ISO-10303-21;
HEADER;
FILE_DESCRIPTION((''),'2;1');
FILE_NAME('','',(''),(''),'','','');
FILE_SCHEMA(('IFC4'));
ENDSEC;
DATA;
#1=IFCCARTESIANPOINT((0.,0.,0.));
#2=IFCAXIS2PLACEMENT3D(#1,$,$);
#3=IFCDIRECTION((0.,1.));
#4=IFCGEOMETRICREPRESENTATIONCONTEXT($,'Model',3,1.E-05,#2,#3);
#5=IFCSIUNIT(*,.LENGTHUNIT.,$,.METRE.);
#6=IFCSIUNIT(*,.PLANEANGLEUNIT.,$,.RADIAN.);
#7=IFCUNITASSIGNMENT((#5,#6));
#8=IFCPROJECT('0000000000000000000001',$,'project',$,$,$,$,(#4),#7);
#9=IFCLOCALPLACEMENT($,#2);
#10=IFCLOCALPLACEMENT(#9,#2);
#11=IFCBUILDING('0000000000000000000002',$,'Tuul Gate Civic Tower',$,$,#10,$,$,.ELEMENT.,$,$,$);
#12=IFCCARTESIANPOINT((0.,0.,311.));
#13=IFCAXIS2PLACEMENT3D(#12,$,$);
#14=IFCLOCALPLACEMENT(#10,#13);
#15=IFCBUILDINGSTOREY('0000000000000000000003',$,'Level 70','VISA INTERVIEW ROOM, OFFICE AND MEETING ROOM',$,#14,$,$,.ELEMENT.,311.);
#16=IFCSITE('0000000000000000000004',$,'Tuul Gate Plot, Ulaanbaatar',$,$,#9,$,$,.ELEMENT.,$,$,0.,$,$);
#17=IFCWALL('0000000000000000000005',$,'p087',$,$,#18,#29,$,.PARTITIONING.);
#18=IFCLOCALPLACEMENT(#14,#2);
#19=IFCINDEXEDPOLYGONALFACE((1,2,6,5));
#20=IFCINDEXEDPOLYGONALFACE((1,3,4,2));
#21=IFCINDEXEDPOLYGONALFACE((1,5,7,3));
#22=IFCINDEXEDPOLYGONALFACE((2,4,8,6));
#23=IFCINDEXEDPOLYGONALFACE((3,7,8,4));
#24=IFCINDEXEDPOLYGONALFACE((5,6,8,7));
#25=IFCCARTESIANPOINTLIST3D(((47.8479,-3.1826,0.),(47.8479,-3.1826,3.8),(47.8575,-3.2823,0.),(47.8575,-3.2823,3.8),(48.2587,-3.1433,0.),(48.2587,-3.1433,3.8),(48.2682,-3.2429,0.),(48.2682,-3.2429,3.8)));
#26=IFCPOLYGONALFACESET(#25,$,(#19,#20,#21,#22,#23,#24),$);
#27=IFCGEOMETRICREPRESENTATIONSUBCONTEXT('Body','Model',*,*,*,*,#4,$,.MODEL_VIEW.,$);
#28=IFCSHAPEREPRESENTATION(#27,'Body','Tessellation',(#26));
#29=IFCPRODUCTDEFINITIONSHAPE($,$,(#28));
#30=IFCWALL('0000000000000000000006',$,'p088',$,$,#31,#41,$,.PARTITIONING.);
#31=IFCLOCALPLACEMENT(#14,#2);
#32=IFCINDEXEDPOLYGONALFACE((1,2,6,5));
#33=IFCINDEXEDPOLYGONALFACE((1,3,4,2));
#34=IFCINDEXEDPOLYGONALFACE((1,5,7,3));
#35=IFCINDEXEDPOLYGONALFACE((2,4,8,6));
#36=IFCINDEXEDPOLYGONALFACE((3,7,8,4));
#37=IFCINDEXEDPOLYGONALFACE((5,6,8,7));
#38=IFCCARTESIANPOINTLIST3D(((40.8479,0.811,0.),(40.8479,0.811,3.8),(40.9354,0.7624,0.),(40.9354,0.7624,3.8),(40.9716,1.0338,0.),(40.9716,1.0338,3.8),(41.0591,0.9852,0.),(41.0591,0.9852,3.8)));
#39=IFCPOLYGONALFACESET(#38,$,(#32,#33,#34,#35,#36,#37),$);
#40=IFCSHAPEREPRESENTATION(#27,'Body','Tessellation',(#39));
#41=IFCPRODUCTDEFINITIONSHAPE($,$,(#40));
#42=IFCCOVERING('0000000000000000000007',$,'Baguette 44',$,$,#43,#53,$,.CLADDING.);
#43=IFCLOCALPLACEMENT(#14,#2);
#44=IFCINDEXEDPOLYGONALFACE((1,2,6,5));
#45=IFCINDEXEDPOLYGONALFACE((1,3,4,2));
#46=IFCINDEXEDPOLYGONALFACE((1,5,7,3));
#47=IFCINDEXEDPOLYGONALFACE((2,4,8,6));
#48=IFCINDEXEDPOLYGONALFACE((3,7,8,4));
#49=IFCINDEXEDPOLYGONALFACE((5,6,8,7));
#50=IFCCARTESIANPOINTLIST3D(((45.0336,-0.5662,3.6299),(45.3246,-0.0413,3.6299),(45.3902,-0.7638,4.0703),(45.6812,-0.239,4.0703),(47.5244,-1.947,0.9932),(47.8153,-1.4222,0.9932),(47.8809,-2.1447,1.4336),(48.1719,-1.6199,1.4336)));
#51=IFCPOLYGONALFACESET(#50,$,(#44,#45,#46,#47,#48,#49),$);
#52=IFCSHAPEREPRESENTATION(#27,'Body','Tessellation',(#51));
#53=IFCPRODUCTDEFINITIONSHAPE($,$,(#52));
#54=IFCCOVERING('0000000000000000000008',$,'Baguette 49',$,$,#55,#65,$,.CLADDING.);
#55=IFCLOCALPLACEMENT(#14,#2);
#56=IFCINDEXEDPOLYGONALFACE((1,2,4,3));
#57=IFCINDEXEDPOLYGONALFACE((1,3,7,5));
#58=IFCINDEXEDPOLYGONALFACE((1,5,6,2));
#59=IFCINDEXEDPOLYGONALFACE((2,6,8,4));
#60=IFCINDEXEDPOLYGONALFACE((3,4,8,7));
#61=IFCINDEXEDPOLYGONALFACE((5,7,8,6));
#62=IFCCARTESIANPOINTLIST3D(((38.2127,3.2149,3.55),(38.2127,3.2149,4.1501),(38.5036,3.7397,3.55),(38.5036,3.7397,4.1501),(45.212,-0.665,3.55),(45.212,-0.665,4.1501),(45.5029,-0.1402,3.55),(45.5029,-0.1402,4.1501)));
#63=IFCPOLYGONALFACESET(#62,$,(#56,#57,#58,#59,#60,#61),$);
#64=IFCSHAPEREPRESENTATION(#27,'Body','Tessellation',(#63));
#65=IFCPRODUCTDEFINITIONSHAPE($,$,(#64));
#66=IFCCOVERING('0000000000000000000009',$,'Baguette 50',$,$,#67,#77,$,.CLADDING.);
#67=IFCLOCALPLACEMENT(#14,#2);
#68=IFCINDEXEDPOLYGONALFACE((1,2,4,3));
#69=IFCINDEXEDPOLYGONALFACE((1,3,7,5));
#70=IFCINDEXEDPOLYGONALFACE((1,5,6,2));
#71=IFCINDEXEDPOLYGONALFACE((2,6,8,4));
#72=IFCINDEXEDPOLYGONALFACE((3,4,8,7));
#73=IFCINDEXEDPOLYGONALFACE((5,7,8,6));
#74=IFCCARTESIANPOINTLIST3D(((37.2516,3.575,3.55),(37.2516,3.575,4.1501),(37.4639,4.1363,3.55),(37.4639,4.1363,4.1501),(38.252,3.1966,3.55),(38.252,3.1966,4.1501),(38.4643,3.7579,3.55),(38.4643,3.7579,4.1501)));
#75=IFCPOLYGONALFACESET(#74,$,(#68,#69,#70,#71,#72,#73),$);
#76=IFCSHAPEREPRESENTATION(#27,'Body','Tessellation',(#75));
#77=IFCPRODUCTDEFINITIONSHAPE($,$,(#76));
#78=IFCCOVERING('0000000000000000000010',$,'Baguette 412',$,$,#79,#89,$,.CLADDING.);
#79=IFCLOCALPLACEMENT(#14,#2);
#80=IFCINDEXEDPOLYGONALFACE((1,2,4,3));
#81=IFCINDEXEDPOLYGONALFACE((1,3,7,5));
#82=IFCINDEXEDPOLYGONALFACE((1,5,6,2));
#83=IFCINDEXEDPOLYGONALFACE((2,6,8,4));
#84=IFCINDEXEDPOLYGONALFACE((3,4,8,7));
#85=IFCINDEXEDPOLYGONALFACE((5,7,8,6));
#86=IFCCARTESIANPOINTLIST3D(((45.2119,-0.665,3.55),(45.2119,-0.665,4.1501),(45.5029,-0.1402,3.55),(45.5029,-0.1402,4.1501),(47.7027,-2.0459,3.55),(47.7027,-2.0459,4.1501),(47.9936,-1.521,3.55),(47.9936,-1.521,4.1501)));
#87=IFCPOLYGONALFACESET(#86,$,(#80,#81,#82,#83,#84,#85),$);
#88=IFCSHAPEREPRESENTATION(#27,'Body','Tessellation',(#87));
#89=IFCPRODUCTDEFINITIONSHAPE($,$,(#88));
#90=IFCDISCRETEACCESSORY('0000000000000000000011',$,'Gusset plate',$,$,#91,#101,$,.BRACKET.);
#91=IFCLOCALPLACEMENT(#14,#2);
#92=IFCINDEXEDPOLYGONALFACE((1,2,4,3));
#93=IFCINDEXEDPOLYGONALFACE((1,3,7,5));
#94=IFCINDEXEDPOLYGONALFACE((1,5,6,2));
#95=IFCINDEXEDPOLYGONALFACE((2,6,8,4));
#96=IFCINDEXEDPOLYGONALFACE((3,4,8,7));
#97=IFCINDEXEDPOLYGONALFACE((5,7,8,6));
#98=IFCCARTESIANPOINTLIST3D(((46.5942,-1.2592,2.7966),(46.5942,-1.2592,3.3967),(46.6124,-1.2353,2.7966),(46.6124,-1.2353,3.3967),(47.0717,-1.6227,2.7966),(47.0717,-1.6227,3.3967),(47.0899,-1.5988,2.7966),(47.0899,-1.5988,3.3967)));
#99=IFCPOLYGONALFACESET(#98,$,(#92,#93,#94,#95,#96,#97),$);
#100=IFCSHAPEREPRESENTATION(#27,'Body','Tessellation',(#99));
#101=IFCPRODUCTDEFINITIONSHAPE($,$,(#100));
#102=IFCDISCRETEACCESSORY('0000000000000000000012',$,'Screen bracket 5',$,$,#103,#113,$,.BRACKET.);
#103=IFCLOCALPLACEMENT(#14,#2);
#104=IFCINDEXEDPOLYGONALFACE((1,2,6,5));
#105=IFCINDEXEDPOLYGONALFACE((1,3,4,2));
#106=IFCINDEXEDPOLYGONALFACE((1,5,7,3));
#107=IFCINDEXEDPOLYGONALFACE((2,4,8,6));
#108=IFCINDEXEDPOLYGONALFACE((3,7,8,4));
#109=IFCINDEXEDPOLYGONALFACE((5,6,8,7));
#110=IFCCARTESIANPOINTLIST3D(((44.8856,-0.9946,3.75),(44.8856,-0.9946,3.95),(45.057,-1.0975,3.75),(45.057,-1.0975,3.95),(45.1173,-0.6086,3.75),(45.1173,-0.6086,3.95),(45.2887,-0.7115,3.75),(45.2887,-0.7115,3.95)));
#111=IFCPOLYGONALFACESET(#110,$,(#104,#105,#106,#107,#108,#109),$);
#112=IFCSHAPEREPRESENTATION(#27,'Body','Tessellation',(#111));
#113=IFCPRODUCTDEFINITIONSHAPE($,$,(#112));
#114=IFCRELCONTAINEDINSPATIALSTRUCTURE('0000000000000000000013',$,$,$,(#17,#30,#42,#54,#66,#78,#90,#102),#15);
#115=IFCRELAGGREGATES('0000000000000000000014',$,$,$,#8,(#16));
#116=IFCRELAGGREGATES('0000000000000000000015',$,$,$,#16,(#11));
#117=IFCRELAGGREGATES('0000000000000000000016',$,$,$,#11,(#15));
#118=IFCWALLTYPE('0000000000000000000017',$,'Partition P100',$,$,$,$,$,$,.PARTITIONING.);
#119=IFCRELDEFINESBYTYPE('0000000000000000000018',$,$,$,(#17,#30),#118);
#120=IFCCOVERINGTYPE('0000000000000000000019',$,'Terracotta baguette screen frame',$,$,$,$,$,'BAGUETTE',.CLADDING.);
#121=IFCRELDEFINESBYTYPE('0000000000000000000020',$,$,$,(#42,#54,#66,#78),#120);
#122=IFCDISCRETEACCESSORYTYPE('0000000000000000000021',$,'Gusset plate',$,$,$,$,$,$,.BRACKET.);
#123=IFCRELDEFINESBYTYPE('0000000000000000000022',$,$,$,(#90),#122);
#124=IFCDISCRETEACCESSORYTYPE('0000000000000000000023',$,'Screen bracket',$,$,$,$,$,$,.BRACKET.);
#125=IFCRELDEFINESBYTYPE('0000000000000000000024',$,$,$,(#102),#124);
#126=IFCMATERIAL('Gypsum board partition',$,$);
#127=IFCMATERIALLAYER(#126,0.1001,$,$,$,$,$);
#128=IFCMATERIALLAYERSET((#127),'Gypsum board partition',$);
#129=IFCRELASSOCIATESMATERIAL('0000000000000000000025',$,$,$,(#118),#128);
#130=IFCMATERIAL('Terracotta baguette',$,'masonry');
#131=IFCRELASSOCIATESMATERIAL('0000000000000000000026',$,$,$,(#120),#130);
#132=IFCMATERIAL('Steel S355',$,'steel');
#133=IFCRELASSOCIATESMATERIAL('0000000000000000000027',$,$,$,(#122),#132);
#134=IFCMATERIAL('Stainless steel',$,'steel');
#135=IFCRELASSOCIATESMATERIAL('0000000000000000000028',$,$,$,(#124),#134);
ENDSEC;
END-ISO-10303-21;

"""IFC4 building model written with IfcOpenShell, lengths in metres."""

from ifc_helpers import new_model, si_unit, direction, frame, frame_2d, origin, origin_2d, place, context, subcontext, project, spatial, rectangle, extrude, material, layer, layer_set, material_profile, profile_set, type_object, element, save


model = new_model("IFC4")

# Units and contexts
model_context = context("Model", 3, precision=1e-05, world=origin(), true_north=direction((0.0, 1.0)))
body_context = subcontext(model_context, "Body", "Model", "MODEL_VIEW")
ifc_project = project(units=[si_unit("LENGTHUNIT", "METRE"), si_unit("PLANEANGLEUNIT", "RADIAN")], contexts=[model_context])

# Site, building, storey
site_placement = place(None, origin())
site = spatial("IfcSite", under=ifc_project, at=site_placement, Name="Tuul Gate Plot, Ulaanbaatar", CompositionType="ELEMENT", RefElevation=0.0)
building_placement = place(site_placement, origin())
building = spatial("IfcBuilding", under=site, at=building_placement, Name="Tuul Gate Civic Tower", CompositionType="ELEMENT")
storey_placement = place(building_placement, frame((0.0, 0.0, 311.0)))
storey = spatial("IfcBuildingStorey", under=building, at=storey_placement, Name="Level 70", Description="VISA INTERVIEW ROOM, OFFICE AND MEETING ROOM", CompositionType="ELEMENT", Elevation=311.0)

# Walls
ifc_material_1 = material(Name="Gypsum board partition")
ifc_layer_1 = layer(ifc_material_1, 0.1001)
ifc_layer_set_1 = layer_set([ifc_layer_1], Name="Gypsum board partition")
wall_type_1 = type_object("IfcWallType", Name="Partition P100", PredefinedType="PARTITIONING", material=ifc_layer_set_1)
wall_1_placement = place(storey_placement, frame((48.2634, -3.1931, 0.0), z_axis=(0.0, 0.0, 1.0), x_axis=(-0.99545, -0.095284, 0.0)))
element("IfcWall", 1, at=wall_1_placement, inside=storey, type_object=wall_type_1, Name="p087", PredefinedType="PARTITIONING", context=body_context, shape_type="SweptSolid", body=[
    extrude(rectangle(XDim=0.4126, YDim=0.1001, at=frame_2d((0.2063, 0.0))), origin(), (0.0, 0.0, 1.0), 3.8),
])
wall_2_placement = place(storey_placement, frame((41.0154, 1.0095, 0.0), z_axis=(0.0, 0.0, 1.0), x_axis=(-0.48548, -0.874248, 0.0)))
element("IfcWall", 2, at=wall_2_placement, inside=storey, type_object=wall_type_1, Name="p088", PredefinedType="PARTITIONING", context=body_context, shape_type="SweptSolid", body=[
    extrude(rectangle(XDim=0.2549, YDim=0.1001, at=frame_2d((0.1274, 0.0))), origin(), (0.0, 0.0, 1.0), 3.8),
])

# Coverings
ifc_material_2 = material(Name="Terracotta baguette", Category="masonry")
ifc_material_profile_1 = material_profile(ifc_material_2, rectangle(XDim=0.6001, YDim=0.6001, at=origin_2d()), Name="Terracotta baguette screen frame")
ifc_profile_set_1 = profile_set([ifc_material_profile_1], Name="Terracotta baguette")
covering_type = type_object("IfcCoveringType", Name="Terracotta baguette screen frame", ElementType="BAGUETTE", PredefinedType="CLADDING", material=ifc_profile_set_1)
covering_1_placement = place(storey_placement, frame((47.8481, -1.7834, 1.2134), z_axis=(-0.641761, 0.355793, 0.679378), x_axis=(-0.484871, -0.874586, 0.0)))
element("IfcCovering", 3, at=covering_1_placement, inside=storey, type_object=covering_type, Name="Baguette 44", PredefinedType="CLADDING", context=body_context, shape_type="SweptSolid", body=[
    extrude(rectangle(XDim=0.6001, YDim=0.6001, at=origin_2d()), origin(), (0.0, 0.0, 1.0), 3.8811),
])
covering_2_placement = place(storey_placement, frame((45.3574, -0.4026, 3.8501), z_axis=(-0.874613, 0.484822, 0.0), x_axis=(-0.484822, -0.874613, 0.0)))
element("IfcCovering", 4, at=covering_2_placement, inside=storey, type_object=covering_type, Name="Baguette 49", PredefinedType="CLADDING", context=body_context, shape_type="SweptSolid", body=[
    extrude(rectangle(XDim=0.6001, YDim=0.6001, at=origin_2d()), origin(), (0.0, 0.0, 1.0), 8.0027),
])
covering_3_placement = place(storey_placement, frame((38.3582, 3.4773, 3.8501), z_axis=(-0.935331, 0.353773, 0.0), x_axis=(-0.353773, -0.935331, 0.0)))
element("IfcCovering", 5, at=covering_3_placement, inside=storey, type_object=covering_type, Name="Baguette 50", PredefinedType="CLADDING", context=body_context, shape_type="SweptSolid", body=[
    extrude(rectangle(XDim=0.6001, YDim=0.6001, at=origin_2d()), origin(), (0.0, 0.0, 1.0), 1.0696),
])
covering_4_placement = place(storey_placement, frame((47.8481, -1.7834, 3.8501), z_axis=(-0.874586, 0.484871, 0.0), x_axis=(-0.484871, -0.874586, 0.0)))
element("IfcCovering", 6, at=covering_4_placement, inside=storey, type_object=covering_type, Name="Baguette 412", PredefinedType="CLADDING", context=body_context, shape_type="SweptSolid", body=[
    extrude(rectangle(XDim=0.6001, YDim=0.6001, at=origin_2d()), origin(), (0.0, 0.0, 1.0), 2.8479),
])

# Discrete accessories
ifc_material_3 = material(Name="Steel S355", Category="steel")
discrete_accessory_type_1 = type_object("IfcDiscreteAccessoryType", Name="Gusset plate", PredefinedType="BRACKET", material=ifc_material_3)
discrete_accessory_1_placement = place(storey_placement, frame((46.842, -1.429, 2.7966), z_axis=(0.0, 0.0, 1.0), x_axis=(0.795664, -0.605738, 0.0)))
element("IfcDiscreteAccessory", 7, at=discrete_accessory_1_placement, inside=storey, type_object=discrete_accessory_type_1, Name="Gusset plate", PredefinedType="BRACKET", context=body_context, shape_type="SweptSolid", body=[
    extrude(rectangle(XDim=0.6001, YDim=0.03, at=origin_2d()), origin(), (0.0, 0.0, 1.0), 0.6001),
])
ifc_material_4 = material(Name="Stainless steel", Category="steel")
discrete_accessory_type_2 = type_object("IfcDiscreteAccessoryType", Name="Screen bracket", PredefinedType="BRACKET", material=ifc_material_4)
discrete_accessory_2_placement = place(storey_placement, frame((45.0872, -0.853, 3.75), z_axis=(0.0, 0.0, 1.0), x_axis=(0.514618, 0.85742, 0.0)))
element("IfcDiscreteAccessory", 8, at=discrete_accessory_2_placement, inside=storey, type_object=discrete_accessory_type_2, Name="Screen bracket 5", PredefinedType="BRACKET", context=body_context, shape_type="SweptSolid", body=[
    extrude(rectangle(XDim=0.4502, YDim=0.2, at=origin_2d()), origin(), (0.0, 0.0, 1.0), 0.2),
])

save(model, "model.ifc")
